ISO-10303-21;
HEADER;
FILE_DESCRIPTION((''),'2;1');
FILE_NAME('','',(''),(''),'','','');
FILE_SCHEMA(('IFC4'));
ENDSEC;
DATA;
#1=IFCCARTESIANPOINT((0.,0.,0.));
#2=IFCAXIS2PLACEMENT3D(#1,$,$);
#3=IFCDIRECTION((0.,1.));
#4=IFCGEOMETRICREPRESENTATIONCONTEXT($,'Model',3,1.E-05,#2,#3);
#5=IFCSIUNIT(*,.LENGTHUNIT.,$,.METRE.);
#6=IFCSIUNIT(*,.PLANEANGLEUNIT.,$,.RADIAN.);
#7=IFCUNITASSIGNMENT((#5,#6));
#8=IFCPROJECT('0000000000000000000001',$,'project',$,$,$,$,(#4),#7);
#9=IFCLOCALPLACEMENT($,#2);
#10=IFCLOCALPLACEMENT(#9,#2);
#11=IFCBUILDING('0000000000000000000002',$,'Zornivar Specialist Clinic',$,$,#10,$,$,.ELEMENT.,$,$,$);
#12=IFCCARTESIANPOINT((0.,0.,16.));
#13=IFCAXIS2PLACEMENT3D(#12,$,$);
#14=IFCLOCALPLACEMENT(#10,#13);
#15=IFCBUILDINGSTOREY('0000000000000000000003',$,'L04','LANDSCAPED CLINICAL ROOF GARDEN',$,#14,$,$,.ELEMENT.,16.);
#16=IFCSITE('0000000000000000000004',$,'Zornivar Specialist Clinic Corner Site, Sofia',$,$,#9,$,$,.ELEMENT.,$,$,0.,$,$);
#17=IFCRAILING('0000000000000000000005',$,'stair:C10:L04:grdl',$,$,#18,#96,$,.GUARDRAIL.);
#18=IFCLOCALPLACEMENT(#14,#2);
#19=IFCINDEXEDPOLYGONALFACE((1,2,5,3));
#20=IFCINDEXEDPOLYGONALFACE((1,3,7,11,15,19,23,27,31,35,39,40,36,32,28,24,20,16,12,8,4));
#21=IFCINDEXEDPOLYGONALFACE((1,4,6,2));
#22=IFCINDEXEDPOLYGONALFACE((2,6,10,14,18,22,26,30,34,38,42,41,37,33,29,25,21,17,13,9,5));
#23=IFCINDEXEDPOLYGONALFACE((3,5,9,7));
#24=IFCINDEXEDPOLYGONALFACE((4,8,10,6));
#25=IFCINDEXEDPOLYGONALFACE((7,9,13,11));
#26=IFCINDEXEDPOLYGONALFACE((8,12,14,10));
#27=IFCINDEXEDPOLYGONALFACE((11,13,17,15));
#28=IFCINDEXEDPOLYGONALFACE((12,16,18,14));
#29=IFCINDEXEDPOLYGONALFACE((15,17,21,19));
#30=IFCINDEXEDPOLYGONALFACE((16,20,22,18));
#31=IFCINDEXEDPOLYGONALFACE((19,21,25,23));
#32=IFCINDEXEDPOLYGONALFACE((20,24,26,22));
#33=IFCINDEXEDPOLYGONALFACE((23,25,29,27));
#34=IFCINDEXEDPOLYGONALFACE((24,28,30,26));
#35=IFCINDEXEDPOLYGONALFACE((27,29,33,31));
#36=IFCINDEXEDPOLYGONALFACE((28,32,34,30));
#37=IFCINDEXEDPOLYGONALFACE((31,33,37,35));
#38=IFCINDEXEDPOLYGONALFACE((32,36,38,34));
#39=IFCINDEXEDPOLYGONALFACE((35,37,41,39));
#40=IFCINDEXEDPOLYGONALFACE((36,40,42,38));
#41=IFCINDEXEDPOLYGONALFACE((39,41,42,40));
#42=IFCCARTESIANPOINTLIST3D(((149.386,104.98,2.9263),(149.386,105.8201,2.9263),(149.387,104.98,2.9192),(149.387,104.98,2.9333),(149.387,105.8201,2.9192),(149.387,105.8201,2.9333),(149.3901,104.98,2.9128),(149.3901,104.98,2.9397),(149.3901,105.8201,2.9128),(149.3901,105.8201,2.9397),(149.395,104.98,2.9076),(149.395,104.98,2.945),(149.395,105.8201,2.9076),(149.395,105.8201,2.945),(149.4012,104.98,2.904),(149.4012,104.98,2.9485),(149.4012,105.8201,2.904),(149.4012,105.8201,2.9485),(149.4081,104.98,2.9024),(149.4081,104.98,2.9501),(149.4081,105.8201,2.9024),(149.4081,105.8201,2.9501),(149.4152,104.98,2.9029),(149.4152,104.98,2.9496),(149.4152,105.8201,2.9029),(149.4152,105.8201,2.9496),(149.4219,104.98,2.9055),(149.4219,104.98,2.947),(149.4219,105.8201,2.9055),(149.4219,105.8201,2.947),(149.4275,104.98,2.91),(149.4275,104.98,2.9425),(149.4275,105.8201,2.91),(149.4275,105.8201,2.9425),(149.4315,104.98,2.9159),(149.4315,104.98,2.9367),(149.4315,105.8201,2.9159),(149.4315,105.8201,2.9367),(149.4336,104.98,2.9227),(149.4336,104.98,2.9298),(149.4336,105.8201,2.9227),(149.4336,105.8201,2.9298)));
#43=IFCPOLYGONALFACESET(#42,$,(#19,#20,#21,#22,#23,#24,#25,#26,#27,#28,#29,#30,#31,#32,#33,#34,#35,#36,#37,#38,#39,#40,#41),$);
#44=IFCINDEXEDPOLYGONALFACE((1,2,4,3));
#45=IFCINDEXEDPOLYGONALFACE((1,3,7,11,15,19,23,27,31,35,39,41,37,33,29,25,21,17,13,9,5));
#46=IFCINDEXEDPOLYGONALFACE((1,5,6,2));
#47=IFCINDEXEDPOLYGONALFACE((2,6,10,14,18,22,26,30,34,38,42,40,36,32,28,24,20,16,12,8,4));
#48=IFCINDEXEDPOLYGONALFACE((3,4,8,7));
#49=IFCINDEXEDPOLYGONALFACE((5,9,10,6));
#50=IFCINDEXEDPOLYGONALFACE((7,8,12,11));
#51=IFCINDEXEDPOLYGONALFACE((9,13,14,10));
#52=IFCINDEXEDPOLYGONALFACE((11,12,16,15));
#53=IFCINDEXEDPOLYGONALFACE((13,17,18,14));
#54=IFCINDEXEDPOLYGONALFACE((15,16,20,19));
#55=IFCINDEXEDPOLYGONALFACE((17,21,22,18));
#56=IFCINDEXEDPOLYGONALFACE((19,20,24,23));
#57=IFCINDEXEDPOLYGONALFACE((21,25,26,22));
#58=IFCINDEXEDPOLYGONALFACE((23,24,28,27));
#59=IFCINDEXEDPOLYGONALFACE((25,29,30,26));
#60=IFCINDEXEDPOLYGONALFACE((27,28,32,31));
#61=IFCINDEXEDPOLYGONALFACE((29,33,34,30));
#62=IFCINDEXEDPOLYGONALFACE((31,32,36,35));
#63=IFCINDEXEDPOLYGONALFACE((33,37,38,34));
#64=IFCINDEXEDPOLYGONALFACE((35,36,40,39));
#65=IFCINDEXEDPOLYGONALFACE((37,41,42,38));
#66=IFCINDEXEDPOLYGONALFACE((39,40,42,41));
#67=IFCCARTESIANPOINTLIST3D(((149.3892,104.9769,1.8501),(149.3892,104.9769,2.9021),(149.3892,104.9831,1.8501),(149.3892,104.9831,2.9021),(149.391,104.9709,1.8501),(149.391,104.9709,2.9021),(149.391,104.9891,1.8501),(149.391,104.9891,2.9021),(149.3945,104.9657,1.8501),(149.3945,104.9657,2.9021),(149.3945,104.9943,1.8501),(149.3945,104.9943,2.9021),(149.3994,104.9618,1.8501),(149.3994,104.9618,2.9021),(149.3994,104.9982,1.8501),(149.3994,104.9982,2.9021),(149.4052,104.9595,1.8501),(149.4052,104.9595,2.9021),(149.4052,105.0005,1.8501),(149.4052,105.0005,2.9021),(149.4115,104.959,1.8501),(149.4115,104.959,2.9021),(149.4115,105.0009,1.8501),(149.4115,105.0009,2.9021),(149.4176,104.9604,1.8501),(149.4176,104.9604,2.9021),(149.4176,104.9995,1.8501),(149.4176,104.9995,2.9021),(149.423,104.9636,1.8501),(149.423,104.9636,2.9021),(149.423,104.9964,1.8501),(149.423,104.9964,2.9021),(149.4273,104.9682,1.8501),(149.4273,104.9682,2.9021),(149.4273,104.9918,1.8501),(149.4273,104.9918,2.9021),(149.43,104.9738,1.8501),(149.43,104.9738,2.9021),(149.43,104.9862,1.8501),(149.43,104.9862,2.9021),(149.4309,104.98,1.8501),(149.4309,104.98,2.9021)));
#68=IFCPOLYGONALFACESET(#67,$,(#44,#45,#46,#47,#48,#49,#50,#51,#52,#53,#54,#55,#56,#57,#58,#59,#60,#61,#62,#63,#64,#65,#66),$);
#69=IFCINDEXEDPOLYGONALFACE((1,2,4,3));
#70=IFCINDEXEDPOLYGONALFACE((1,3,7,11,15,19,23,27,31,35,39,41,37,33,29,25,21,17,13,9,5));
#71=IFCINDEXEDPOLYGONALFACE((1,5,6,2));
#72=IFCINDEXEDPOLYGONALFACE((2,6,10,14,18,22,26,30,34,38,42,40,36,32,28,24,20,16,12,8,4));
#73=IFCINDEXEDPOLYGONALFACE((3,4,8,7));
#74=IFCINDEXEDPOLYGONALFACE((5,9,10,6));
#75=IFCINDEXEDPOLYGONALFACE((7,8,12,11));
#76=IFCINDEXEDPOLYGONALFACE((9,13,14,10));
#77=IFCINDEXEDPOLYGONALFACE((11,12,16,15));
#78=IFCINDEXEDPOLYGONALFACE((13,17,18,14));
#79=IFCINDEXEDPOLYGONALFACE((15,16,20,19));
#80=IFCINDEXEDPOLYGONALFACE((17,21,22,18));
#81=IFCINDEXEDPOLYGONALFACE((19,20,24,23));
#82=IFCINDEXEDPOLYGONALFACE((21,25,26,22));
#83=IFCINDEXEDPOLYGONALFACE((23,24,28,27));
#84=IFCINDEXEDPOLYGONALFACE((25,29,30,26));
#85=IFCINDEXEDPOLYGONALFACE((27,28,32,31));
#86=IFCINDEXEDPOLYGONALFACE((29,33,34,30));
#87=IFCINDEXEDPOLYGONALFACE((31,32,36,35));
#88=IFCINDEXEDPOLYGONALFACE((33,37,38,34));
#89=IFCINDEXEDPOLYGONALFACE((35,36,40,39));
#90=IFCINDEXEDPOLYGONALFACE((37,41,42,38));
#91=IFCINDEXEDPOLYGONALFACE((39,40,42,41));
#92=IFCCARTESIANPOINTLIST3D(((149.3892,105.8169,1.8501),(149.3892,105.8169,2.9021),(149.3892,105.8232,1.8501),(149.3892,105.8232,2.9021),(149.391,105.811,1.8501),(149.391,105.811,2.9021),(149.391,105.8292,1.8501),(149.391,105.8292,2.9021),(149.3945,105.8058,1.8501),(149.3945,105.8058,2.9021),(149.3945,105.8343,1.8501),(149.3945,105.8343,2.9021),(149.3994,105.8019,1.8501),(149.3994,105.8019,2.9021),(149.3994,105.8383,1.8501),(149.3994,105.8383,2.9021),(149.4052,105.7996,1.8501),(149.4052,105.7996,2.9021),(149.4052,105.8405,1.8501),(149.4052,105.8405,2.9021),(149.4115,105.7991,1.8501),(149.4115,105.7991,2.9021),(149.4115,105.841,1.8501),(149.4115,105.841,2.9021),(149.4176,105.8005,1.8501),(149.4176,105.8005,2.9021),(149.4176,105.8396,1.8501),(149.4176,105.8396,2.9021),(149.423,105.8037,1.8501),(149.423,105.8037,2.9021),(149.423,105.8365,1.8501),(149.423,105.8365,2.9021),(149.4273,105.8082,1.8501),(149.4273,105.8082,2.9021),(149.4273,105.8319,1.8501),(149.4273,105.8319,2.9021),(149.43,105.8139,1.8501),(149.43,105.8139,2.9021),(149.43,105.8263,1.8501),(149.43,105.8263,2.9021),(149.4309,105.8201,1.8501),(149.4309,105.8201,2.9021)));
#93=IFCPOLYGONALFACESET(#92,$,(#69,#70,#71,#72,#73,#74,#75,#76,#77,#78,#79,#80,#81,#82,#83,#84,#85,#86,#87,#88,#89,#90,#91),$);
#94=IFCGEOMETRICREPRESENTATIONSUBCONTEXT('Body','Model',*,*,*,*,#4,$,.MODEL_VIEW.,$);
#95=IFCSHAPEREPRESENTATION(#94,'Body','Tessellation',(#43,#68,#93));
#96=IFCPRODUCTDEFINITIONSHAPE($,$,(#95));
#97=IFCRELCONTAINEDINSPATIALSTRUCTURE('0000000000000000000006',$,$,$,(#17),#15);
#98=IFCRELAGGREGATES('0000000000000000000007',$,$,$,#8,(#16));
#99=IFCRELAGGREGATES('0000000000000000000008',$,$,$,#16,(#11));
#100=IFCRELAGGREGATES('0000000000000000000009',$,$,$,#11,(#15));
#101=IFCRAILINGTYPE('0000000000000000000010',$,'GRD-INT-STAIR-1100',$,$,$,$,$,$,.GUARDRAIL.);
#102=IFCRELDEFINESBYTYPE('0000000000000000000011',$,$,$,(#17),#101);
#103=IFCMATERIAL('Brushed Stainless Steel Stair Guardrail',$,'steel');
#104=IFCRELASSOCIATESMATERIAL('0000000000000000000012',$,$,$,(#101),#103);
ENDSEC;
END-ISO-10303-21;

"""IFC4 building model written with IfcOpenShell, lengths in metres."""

from ifc_helpers import new_model, si_unit, direction, frame, origin, origin_2d, place, context, subcontext, project, spatial, circle, extrude, material, type_object, element, save


model = new_model("IFC4")

# Units and contexts
model_context = context("Model", 3, precision=1e-05, world=origin(), true_north=direction((0.0, 1.0)))
body_context = subcontext(model_context, "Body", "Model", "MODEL_VIEW")
ifc_project = project(units=[si_unit("LENGTHUNIT", "METRE"), si_unit("PLANEANGLEUNIT", "RADIAN")], contexts=[model_context])

# Site, building, storey
site_placement = place(None, origin())
site = spatial("IfcSite", under=ifc_project, at=site_placement, Name="Zornivar Specialist Clinic Corner Site, Sofia", CompositionType="ELEMENT", RefElevation=0.0)
building_placement = place(site_placement, origin())
building = spatial("IfcBuilding", under=site, at=building_placement, Name="Zornivar Specialist Clinic", CompositionType="ELEMENT")
storey_placement = place(building_placement, frame((0.0, 0.0, 16.0)))
storey = spatial("IfcBuildingStorey", under=building, at=storey_placement, Name="L04", Description="LANDSCAPED CLINICAL ROOF GARDEN", CompositionType="ELEMENT", Elevation=16.0)

# Railing
ifc_material_1 = material(Name="Brushed Stainless Steel Stair Guardrail", Category="steel")
railing_type_1 = type_object("IfcRailingType", Name="GRD-INT-STAIR-1100", PredefinedType="GUARDRAIL", material=ifc_material_1)
railing_1_placement = place(storey_placement, frame((149.4099, 104.98, 1.8501)))
element("IfcRailing", 1, at=railing_1_placement, inside=storey, type_object=railing_type_1, Name="stair:C10:L04:grdl", PredefinedType="GUARDRAIL", context=body_context, shape_type="SweptSolid", body=[
    extrude(circle(Radius=0.0239, at=origin_2d()), frame((0.0, 0.0, 1.0762), z_axis=(0.0, 1.0, 0.0), x_axis=(-1.0, 0.0, 0.0)), (0.0, 0.0, 1.0), 0.8401),
    extrude(circle(Radius=0.021, at=origin_2d()), origin(), (0.0, 0.0, 1.0), 1.052),
    extrude(circle(Radius=0.021, at=origin_2d()), frame((0.0, 0.8401, 0.0)), (0.0, 0.0, 1.0), 1.052),
])

save(model, "model.ifc")
